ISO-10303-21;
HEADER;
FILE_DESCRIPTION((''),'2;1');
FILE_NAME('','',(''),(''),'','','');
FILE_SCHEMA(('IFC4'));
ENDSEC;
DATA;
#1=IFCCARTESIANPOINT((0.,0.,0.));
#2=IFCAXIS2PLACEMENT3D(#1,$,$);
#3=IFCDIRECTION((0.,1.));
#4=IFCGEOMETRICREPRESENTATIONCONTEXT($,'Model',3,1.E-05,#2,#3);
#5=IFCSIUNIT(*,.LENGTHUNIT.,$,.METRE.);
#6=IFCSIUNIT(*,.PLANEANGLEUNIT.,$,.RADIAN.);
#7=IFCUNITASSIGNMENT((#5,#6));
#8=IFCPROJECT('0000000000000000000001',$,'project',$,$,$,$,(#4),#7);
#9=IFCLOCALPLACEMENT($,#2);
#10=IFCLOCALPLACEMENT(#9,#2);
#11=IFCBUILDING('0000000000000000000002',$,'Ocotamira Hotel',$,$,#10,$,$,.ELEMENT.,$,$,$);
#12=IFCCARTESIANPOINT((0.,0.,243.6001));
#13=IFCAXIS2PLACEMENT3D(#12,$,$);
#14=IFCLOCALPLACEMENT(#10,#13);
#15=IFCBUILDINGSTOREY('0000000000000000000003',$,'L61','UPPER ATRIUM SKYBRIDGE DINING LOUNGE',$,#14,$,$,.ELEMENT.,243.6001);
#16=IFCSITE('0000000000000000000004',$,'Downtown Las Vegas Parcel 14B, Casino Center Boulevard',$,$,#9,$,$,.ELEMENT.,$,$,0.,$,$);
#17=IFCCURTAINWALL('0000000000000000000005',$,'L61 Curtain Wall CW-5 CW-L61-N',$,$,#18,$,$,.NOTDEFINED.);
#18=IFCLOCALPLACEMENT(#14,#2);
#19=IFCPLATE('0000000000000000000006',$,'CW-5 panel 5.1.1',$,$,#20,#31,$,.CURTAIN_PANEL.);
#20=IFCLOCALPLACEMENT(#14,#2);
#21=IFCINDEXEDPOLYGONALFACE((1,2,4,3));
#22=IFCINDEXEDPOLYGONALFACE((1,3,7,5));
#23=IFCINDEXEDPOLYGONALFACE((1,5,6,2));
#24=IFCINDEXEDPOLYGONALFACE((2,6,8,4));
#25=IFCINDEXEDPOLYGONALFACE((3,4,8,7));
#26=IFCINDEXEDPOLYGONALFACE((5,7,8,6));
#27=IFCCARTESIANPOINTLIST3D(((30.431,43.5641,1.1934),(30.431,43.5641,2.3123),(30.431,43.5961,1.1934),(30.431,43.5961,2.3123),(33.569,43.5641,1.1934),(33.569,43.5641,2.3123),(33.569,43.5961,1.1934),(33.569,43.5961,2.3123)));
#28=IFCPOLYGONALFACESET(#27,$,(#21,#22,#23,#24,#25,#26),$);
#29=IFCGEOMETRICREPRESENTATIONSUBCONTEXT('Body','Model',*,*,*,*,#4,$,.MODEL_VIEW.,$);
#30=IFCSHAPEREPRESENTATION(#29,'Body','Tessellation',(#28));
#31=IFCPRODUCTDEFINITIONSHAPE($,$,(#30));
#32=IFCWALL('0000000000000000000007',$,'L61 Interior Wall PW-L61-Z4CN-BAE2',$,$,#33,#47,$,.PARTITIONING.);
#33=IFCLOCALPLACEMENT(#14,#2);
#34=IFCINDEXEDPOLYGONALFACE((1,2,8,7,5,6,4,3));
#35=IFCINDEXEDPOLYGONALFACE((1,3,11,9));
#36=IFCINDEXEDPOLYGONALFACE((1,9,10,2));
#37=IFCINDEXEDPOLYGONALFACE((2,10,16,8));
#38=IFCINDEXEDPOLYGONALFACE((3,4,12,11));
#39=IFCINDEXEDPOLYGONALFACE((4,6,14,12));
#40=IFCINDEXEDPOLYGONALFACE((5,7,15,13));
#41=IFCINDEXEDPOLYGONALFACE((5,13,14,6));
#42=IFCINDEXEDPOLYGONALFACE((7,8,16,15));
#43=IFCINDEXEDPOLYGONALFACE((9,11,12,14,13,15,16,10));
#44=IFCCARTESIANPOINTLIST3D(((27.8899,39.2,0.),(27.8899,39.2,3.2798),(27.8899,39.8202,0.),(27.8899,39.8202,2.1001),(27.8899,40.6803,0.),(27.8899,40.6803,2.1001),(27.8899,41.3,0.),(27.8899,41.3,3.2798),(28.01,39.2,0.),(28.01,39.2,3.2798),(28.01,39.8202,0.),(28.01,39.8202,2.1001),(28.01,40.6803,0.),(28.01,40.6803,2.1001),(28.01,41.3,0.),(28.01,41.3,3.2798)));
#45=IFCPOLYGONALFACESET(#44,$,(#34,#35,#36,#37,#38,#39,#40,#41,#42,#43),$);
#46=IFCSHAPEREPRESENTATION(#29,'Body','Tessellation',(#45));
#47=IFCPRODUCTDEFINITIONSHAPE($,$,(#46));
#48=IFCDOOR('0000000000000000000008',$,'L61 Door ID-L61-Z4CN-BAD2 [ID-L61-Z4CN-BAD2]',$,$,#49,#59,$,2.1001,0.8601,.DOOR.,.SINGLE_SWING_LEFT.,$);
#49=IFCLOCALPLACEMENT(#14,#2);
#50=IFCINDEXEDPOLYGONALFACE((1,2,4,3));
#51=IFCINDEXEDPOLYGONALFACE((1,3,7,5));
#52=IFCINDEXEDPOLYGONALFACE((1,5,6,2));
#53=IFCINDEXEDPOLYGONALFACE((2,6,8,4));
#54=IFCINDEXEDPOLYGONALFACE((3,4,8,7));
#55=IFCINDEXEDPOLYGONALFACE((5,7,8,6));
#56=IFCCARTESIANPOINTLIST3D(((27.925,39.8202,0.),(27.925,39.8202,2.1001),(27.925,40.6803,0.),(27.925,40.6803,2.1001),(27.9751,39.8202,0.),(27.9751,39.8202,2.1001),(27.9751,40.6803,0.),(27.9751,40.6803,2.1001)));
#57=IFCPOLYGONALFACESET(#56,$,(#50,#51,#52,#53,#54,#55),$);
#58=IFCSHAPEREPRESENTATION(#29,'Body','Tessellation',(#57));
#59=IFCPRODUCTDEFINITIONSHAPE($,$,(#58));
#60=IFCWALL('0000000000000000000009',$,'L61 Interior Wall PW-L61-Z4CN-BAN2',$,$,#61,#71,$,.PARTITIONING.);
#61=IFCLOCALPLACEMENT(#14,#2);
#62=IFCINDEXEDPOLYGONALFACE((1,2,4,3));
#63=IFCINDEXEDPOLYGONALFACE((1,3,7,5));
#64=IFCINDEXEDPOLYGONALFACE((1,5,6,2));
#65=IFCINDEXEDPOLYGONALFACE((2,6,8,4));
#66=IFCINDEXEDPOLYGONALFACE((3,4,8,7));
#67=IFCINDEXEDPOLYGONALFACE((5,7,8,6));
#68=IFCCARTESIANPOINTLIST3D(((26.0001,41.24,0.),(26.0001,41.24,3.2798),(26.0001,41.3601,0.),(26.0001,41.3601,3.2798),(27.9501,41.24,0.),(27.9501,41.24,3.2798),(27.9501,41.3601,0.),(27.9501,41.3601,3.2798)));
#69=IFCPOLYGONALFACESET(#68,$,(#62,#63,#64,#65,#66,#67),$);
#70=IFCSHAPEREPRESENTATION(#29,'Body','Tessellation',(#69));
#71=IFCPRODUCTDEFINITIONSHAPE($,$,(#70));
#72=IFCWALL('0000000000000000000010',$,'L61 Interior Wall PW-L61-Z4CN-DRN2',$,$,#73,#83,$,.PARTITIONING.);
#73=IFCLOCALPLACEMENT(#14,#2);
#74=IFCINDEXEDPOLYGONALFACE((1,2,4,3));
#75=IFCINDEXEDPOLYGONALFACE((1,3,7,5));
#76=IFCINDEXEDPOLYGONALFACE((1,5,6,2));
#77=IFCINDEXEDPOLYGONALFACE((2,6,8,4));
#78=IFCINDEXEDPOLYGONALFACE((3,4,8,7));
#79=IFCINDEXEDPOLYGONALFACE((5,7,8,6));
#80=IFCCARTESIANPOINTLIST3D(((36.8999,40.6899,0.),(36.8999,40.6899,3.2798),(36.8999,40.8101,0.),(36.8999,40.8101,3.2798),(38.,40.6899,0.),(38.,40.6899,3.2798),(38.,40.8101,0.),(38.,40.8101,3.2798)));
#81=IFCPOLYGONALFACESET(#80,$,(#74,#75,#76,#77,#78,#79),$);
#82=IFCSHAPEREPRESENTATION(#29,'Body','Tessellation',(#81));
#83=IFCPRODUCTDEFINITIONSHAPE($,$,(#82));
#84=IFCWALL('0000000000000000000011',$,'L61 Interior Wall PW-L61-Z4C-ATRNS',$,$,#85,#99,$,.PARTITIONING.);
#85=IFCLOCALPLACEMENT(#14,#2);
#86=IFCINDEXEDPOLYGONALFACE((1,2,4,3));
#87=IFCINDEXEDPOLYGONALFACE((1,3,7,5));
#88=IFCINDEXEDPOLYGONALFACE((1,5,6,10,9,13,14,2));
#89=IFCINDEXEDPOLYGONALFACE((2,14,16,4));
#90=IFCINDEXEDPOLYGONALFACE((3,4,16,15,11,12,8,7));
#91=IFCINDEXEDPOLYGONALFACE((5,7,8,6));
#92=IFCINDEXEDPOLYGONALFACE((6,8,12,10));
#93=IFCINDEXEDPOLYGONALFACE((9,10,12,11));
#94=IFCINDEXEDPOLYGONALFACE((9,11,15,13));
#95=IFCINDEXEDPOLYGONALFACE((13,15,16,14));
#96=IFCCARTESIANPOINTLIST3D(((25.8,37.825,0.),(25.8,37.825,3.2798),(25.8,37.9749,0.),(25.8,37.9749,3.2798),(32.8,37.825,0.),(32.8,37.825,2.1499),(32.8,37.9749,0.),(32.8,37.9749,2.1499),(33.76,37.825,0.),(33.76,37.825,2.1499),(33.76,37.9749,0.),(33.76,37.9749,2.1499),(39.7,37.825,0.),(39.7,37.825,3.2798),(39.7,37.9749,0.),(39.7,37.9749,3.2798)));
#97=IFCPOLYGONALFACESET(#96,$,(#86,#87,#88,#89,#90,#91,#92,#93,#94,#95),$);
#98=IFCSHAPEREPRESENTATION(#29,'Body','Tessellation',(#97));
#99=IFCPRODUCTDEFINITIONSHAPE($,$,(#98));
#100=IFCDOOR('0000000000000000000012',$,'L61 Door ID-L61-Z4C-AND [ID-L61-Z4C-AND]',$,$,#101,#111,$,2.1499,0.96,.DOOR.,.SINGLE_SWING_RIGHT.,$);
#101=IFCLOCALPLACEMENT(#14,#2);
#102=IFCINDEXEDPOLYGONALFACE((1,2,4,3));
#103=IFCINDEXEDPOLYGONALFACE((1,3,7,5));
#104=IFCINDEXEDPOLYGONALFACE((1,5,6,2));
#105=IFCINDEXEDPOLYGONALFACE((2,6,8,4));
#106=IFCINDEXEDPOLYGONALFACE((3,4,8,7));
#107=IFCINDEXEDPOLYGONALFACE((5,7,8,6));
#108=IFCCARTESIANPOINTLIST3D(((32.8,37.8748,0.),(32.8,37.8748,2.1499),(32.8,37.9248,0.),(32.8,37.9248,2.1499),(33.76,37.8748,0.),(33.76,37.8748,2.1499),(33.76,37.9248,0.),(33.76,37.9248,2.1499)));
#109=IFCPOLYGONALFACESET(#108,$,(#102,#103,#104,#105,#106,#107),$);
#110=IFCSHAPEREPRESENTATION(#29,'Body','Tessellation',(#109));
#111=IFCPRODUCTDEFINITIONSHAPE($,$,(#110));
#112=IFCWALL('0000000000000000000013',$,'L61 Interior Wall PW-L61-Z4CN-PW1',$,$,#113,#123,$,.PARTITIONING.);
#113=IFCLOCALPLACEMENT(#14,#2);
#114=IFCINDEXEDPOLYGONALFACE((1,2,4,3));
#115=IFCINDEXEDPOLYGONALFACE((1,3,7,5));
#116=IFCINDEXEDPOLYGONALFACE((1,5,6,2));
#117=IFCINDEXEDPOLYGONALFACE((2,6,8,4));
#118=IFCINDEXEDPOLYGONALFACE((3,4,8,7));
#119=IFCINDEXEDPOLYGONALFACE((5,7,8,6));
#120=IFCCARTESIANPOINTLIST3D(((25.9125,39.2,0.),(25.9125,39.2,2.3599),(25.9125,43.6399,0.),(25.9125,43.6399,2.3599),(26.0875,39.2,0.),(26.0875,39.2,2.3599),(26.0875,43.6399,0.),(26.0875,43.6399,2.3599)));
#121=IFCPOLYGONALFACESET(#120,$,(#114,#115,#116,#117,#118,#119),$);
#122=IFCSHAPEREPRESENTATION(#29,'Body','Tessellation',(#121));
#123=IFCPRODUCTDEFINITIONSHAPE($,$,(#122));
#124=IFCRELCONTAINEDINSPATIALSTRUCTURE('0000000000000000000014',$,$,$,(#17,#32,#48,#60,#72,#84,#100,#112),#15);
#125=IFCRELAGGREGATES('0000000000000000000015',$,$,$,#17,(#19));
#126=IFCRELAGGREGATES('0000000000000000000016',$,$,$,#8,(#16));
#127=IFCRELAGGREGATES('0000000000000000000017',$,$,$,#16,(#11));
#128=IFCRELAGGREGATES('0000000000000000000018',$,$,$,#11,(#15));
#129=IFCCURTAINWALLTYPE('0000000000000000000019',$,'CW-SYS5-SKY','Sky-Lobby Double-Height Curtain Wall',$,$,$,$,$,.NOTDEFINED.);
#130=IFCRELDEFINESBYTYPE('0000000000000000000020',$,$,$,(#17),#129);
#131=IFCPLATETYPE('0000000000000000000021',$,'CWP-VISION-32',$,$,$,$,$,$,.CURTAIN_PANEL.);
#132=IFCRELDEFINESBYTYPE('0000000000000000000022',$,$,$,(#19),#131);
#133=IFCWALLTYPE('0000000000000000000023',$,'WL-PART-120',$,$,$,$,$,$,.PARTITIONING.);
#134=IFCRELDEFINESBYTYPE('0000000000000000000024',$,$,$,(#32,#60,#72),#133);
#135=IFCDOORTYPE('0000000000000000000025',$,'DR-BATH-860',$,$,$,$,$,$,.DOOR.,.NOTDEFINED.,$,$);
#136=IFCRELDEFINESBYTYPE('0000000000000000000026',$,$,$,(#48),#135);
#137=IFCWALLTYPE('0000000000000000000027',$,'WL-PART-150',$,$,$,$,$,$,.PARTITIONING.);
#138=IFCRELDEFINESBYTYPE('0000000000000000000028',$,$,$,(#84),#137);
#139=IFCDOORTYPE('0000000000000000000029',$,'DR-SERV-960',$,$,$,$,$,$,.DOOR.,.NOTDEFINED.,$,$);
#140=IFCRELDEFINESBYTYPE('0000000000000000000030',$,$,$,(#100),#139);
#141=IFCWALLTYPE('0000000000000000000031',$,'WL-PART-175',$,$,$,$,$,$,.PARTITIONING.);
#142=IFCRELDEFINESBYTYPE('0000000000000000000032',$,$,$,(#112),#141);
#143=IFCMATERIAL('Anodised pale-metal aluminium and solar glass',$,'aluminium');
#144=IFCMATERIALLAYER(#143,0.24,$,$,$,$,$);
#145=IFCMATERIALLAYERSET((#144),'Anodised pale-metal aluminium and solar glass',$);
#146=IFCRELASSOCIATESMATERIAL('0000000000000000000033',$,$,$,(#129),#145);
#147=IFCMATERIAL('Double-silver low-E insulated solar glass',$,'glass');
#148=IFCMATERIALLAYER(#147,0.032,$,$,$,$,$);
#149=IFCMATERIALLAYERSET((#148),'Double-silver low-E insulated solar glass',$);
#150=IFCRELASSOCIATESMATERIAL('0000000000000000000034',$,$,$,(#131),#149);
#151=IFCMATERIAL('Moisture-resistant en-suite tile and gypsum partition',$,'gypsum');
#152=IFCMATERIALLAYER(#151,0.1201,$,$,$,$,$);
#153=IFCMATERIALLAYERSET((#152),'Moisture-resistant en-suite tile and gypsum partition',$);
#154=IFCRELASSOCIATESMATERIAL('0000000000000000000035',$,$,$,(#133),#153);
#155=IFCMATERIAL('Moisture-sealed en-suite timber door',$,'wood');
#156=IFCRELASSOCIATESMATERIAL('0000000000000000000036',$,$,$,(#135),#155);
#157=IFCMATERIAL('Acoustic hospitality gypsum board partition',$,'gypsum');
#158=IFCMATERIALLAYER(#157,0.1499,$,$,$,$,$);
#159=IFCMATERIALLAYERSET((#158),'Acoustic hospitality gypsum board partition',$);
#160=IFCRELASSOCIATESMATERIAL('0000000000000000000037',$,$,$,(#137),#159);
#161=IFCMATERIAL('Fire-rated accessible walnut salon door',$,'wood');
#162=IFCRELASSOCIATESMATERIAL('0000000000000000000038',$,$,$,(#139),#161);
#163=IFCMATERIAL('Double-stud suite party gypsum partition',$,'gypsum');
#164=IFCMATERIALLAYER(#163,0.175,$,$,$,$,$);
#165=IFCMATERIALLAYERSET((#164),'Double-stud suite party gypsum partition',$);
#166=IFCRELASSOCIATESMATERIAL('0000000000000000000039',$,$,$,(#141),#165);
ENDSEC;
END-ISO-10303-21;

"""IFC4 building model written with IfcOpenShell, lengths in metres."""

from ifc_helpers import new_model, si_unit, direction, frame, frame_2d, origin, origin_2d, place, context, subcontext, project, spatial, rectangle, extrude, source, transform, mapped, material, layer, layer_set, type_object, element, fill, aggregate, save


model = new_model("IFC4")

# Units and contexts
model_context = context("Model", 3, precision=1e-05, world=origin(), true_north=direction((0.0, 1.0)))
body_context = subcontext(model_context, "Body", "Model", "MODEL_VIEW")
ifc_project = project(units=[si_unit("LENGTHUNIT", "METRE"), si_unit("PLANEANGLEUNIT", "RADIAN")], contexts=[model_context])

# Site, building, storey
site_placement = place(None, origin())
site = spatial("IfcSite", under=ifc_project, at=site_placement, Name="Downtown Las Vegas Parcel 14B, Casino Center Boulevard", CompositionType="ELEMENT", RefElevation=0.0)
building_placement = place(site_placement, origin())
building = spatial("IfcBuilding", under=site, at=building_placement, Name="Ocotamira Hotel", CompositionType="ELEMENT")
storey_placement = place(building_placement, frame((0.0, 0.0, 243.6001)))
storey = spatial("IfcBuildingStorey", under=building, at=storey_placement, Name="L61", Description="UPPER ATRIUM SKYBRIDGE DINING LOUNGE", CompositionType="ELEMENT", Elevation=243.6001)

# Curtain wall
ifc_material_1 = material(Name="Anodised pale-metal aluminium and solar glass", Category="aluminium")
ifc_layer_1 = layer(ifc_material_1, 0.24)
ifc_layer_set_1 = layer_set([ifc_layer_1], Name="Anodised pale-metal aluminium and solar glass")
curtain_wall_type = type_object("IfcCurtainWallType", Name="CW-SYS5-SKY", Description="Sky-Lobby Double-Height Curtain Wall", PredefinedType="NOTDEFINED", material=ifc_layer_set_1)
curtain_wall_placement = place(storey_placement, origin())
curtain_wall = element("IfcCurtainWall", 1, at=curtain_wall_placement, inside=storey, type_object=curtain_wall_type, Name="L61 Curtain Wall CW-5 CW-L61-N", PredefinedType="NOTDEFINED")

# Plate
ifc_material_2 = material(Name="Double-silver low-E insulated solar glass", Category="glass")
ifc_layer_2 = layer(ifc_material_2, 0.032)
ifc_layer_set_2 = layer_set([ifc_layer_2], Name="Double-silver low-E insulated solar glass")
plate_type_1 = type_object("IfcPlateType", Name="CWP-VISION-32", PredefinedType="CURTAIN_PANEL", material=ifc_layer_set_2)
shared_shape_1 = source(origin(), body_context, "Body", "SweptSolid", [
    extrude(rectangle(XDim=3.1379, YDim=0.032, at=origin_2d()), origin(), (0.0, 0.0, 1.0), 1.1189),
])
plate_1_placement = place(storey_placement, frame((32.0, 43.5801, 1.1934), z_axis=(0.0, 0.0, 1.0), x_axis=(1.0, 0.0, 0.0)))
plate_1 = element("IfcPlate", 2, at=plate_1_placement, type_object=plate_type_1, Name="CW-5 panel 5.1.1", PredefinedType="CURTAIN_PANEL", context=body_context, shape_type="MappedRepresentation", body=[
    mapped(shared_shape_1, transform((0.0, 0.0, 0.0), scale=1.0)),
])
aggregate(curtain_wall, [plate_1])

# Wall, opening, door
ifc_material_3 = material(Name="Moisture-resistant en-suite tile and gypsum partition", Category="gypsum")
ifc_layer_3 = layer(ifc_material_3, 0.1201)
ifc_layer_set_3 = layer_set([ifc_layer_3], Name="Moisture-resistant en-suite tile and gypsum partition")
wall_type_1 = type_object("IfcWallType", Name="WL-PART-120", PredefinedType="PARTITIONING", material=ifc_layer_set_3)
wall_1_placement = place(storey_placement, frame((27.95, 39.2, 0.0), z_axis=(0.0, 0.0, 1.0), x_axis=(0.0, 1.0, 0.0)))
wall_1 = element("IfcWall", 3, at=wall_1_placement, inside=storey, type_object=wall_type_1, Name="L61 Interior Wall PW-L61-Z4CN-BAE2", PredefinedType="PARTITIONING", context=body_context, shape_type="SweptSolid", body=[
    extrude(rectangle(XDim=2.1001, YDim=0.1201, at=frame_2d((1.05, 0.0))), origin(), (0.0, 0.0, 1.0), 3.2798),
])
opening_1_placement = place(wall_1_placement, frame((0.6201, 0.0, 0.0)))
opening_1 = element("IfcOpeningElement", 4, at=opening_1_placement, cuts=wall_1, PredefinedType="OPENING", context=body_context, shape_type="SweptSolid", body=[
    extrude(rectangle(XDim=0.8601, YDim=2.1001, at=frame_2d((0.4302, 1.05))), frame((0.0, 0.0701, 0.0), z_axis=(0.0, -1.0, 0.0), x_axis=(1.0, 0.0, 0.0)), (0.0, 0.0, 1.0), 0.1401),
])
ifc_material_4 = material(Name="Moisture-sealed en-suite timber door", Category="wood")
door_type_1 = type_object("IfcDoorType", Name="DR-BATH-860", OperationType="NOTDEFINED", PredefinedType="DOOR", material=ifc_material_4)
shared_shape_2 = source(origin(), body_context, "Body", "SweptSolid", [
    extrude(rectangle(XDim=0.8601, YDim=2.1001, at=frame_2d((0.4302, 1.05))), frame((0.0, 0.0249, 0.0), z_axis=(0.0, -1.0, 0.0), x_axis=(1.0, 0.0, 0.0)), (0.0, 0.0, 1.0), 0.05),
])
door_1_placement = place(opening_1_placement, origin())
door_1 = element("IfcDoor", 5, at=door_1_placement, inside=storey, type_object=door_type_1, Name="L61 Door ID-L61-Z4CN-BAD2 [ID-L61-Z4CN-BAD2]", OperationType="SINGLE_SWING_LEFT", OverallHeight=2.1001, OverallWidth=0.8601, PredefinedType="DOOR", context=body_context, shape_type="MappedRepresentation", body=[
    mapped(shared_shape_2, transform((0.0, 0.0, 0.0), scale=1.0)),
])
fill(opening_1, door_1)

# Walls
wall_2_placement = place(storey_placement, frame((26.0, 41.3, 0.0), z_axis=(0.0, 0.0, 1.0), x_axis=(1.0, 0.0, 0.0)))
element("IfcWall", 6, at=wall_2_placement, inside=storey, type_object=wall_type_1, Name="L61 Interior Wall PW-L61-Z4CN-BAN2", PredefinedType="PARTITIONING", context=body_context, shape_type="SweptSolid", body=[
    extrude(rectangle(XDim=1.95, YDim=0.1201, at=frame_2d((0.9751, 0.0))), origin(), (0.0, 0.0, 1.0), 3.2798),
])
wall_3_placement = place(storey_placement, frame((36.8999, 40.75, 0.0), z_axis=(0.0, 0.0, 1.0), x_axis=(1.0, 0.0, 0.0)))
element("IfcWall", 7, at=wall_3_placement, inside=storey, type_object=wall_type_1, Name="L61 Interior Wall PW-L61-Z4CN-DRN2", PredefinedType="PARTITIONING", context=body_context, shape_type="SweptSolid", body=[
    extrude(rectangle(XDim=1.1001, YDim=0.1201, at=frame_2d((0.55, 0.0))), origin(), (0.0, 0.0, 1.0), 3.2798),
])

# Wall, opening, door
ifc_material_5 = material(Name="Acoustic hospitality gypsum board partition", Category="gypsum")
ifc_layer_4 = layer(ifc_material_5, 0.1499)
ifc_layer_set_4 = layer_set([ifc_layer_4], Name="Acoustic hospitality gypsum board partition")
wall_type_2 = type_object("IfcWallType", Name="WL-PART-150", PredefinedType="PARTITIONING", material=ifc_layer_set_4)
wall_4_placement = place(storey_placement, frame((25.8, 37.8999, 0.0), z_axis=(0.0, 0.0, 1.0), x_axis=(1.0, 0.0, 0.0)))
wall_4 = element("IfcWall", 8, at=wall_4_placement, inside=storey, type_object=wall_type_2, Name="L61 Interior Wall PW-L61-Z4C-ATRNS", PredefinedType="PARTITIONING", context=body_context, shape_type="SweptSolid", body=[
    extrude(rectangle(XDim=13.8999, YDim=0.1499, at=frame_2d((6.95, 0.0))), origin(), (0.0, 0.0, 1.0), 3.2798),
])
opening_2_placement = place(wall_4_placement, frame((7.0, 0.0, 0.0)))
opening_2 = element("IfcOpeningElement", 9, at=opening_2_placement, cuts=wall_4, PredefinedType="OPENING", context=body_context, shape_type="SweptSolid", body=[
    extrude(rectangle(XDim=0.96, YDim=2.1499, at=frame_2d((0.48, 1.075))), frame((0.0, 0.085, 0.0), z_axis=(0.0, -1.0, 0.0), x_axis=(1.0, 0.0, 0.0)), (0.0, 0.0, 1.0), 0.1699),
])
ifc_material_6 = material(Name="Fire-rated accessible walnut salon door", Category="wood")
door_type_2 = type_object("IfcDoorType", Name="DR-SERV-960", OperationType="NOTDEFINED", PredefinedType="DOOR", material=ifc_material_6)
shared_shape_3 = source(origin(), body_context, "Body", "SweptSolid", [
    extrude(rectangle(XDim=0.96, YDim=2.1499, at=frame_2d((0.48, 1.075))), frame((0.0, 0.0249, 0.0), z_axis=(0.0, -1.0, 0.0), x_axis=(1.0, 0.0, 0.0)), (0.0, 0.0, 1.0), 0.05),
])
door_2_placement = place(opening_2_placement, origin())
door_2 = element("IfcDoor", 10, at=door_2_placement, inside=storey, type_object=door_type_2, Name="L61 Door ID-L61-Z4C-AND [ID-L61-Z4C-AND]", OperationType="SINGLE_SWING_RIGHT", OverallHeight=2.1499, OverallWidth=0.96, PredefinedType="DOOR", context=body_context, shape_type="MappedRepresentation", body=[
    mapped(shared_shape_3, transform((0.0, 0.0, 0.0), scale=1.0)),
])
fill(opening_2, door_2)

# Wall
ifc_material_7 = material(Name="Double-stud suite party gypsum partition", Category="gypsum")
ifc_layer_5 = layer(ifc_material_7, 0.175)
ifc_layer_set_5 = layer_set([ifc_layer_5], Name="Double-stud suite party gypsum partition")
wall_type_3 = type_object("IfcWallType", Name="WL-PART-175", PredefinedType="PARTITIONING", material=ifc_layer_set_5)
wall_5_placement = place(storey_placement, frame((26.0, 39.2, 0.0), z_axis=(0.0, 0.0, 1.0), x_axis=(0.0, 1.0, 0.0)))
element("IfcWall", 11, at=wall_5_placement, inside=storey, type_object=wall_type_3, Name="L61 Interior Wall PW-L61-Z4CN-PW1", PredefinedType="PARTITIONING", context=body_context, shape_type="SweptSolid", body=[
    extrude(rectangle(XDim=4.4399, YDim=0.175, at=frame_2d((2.22, 0.0))), origin(), (0.0, 0.0, 1.0), 2.3599),
])

save(model, "model.ifc")
